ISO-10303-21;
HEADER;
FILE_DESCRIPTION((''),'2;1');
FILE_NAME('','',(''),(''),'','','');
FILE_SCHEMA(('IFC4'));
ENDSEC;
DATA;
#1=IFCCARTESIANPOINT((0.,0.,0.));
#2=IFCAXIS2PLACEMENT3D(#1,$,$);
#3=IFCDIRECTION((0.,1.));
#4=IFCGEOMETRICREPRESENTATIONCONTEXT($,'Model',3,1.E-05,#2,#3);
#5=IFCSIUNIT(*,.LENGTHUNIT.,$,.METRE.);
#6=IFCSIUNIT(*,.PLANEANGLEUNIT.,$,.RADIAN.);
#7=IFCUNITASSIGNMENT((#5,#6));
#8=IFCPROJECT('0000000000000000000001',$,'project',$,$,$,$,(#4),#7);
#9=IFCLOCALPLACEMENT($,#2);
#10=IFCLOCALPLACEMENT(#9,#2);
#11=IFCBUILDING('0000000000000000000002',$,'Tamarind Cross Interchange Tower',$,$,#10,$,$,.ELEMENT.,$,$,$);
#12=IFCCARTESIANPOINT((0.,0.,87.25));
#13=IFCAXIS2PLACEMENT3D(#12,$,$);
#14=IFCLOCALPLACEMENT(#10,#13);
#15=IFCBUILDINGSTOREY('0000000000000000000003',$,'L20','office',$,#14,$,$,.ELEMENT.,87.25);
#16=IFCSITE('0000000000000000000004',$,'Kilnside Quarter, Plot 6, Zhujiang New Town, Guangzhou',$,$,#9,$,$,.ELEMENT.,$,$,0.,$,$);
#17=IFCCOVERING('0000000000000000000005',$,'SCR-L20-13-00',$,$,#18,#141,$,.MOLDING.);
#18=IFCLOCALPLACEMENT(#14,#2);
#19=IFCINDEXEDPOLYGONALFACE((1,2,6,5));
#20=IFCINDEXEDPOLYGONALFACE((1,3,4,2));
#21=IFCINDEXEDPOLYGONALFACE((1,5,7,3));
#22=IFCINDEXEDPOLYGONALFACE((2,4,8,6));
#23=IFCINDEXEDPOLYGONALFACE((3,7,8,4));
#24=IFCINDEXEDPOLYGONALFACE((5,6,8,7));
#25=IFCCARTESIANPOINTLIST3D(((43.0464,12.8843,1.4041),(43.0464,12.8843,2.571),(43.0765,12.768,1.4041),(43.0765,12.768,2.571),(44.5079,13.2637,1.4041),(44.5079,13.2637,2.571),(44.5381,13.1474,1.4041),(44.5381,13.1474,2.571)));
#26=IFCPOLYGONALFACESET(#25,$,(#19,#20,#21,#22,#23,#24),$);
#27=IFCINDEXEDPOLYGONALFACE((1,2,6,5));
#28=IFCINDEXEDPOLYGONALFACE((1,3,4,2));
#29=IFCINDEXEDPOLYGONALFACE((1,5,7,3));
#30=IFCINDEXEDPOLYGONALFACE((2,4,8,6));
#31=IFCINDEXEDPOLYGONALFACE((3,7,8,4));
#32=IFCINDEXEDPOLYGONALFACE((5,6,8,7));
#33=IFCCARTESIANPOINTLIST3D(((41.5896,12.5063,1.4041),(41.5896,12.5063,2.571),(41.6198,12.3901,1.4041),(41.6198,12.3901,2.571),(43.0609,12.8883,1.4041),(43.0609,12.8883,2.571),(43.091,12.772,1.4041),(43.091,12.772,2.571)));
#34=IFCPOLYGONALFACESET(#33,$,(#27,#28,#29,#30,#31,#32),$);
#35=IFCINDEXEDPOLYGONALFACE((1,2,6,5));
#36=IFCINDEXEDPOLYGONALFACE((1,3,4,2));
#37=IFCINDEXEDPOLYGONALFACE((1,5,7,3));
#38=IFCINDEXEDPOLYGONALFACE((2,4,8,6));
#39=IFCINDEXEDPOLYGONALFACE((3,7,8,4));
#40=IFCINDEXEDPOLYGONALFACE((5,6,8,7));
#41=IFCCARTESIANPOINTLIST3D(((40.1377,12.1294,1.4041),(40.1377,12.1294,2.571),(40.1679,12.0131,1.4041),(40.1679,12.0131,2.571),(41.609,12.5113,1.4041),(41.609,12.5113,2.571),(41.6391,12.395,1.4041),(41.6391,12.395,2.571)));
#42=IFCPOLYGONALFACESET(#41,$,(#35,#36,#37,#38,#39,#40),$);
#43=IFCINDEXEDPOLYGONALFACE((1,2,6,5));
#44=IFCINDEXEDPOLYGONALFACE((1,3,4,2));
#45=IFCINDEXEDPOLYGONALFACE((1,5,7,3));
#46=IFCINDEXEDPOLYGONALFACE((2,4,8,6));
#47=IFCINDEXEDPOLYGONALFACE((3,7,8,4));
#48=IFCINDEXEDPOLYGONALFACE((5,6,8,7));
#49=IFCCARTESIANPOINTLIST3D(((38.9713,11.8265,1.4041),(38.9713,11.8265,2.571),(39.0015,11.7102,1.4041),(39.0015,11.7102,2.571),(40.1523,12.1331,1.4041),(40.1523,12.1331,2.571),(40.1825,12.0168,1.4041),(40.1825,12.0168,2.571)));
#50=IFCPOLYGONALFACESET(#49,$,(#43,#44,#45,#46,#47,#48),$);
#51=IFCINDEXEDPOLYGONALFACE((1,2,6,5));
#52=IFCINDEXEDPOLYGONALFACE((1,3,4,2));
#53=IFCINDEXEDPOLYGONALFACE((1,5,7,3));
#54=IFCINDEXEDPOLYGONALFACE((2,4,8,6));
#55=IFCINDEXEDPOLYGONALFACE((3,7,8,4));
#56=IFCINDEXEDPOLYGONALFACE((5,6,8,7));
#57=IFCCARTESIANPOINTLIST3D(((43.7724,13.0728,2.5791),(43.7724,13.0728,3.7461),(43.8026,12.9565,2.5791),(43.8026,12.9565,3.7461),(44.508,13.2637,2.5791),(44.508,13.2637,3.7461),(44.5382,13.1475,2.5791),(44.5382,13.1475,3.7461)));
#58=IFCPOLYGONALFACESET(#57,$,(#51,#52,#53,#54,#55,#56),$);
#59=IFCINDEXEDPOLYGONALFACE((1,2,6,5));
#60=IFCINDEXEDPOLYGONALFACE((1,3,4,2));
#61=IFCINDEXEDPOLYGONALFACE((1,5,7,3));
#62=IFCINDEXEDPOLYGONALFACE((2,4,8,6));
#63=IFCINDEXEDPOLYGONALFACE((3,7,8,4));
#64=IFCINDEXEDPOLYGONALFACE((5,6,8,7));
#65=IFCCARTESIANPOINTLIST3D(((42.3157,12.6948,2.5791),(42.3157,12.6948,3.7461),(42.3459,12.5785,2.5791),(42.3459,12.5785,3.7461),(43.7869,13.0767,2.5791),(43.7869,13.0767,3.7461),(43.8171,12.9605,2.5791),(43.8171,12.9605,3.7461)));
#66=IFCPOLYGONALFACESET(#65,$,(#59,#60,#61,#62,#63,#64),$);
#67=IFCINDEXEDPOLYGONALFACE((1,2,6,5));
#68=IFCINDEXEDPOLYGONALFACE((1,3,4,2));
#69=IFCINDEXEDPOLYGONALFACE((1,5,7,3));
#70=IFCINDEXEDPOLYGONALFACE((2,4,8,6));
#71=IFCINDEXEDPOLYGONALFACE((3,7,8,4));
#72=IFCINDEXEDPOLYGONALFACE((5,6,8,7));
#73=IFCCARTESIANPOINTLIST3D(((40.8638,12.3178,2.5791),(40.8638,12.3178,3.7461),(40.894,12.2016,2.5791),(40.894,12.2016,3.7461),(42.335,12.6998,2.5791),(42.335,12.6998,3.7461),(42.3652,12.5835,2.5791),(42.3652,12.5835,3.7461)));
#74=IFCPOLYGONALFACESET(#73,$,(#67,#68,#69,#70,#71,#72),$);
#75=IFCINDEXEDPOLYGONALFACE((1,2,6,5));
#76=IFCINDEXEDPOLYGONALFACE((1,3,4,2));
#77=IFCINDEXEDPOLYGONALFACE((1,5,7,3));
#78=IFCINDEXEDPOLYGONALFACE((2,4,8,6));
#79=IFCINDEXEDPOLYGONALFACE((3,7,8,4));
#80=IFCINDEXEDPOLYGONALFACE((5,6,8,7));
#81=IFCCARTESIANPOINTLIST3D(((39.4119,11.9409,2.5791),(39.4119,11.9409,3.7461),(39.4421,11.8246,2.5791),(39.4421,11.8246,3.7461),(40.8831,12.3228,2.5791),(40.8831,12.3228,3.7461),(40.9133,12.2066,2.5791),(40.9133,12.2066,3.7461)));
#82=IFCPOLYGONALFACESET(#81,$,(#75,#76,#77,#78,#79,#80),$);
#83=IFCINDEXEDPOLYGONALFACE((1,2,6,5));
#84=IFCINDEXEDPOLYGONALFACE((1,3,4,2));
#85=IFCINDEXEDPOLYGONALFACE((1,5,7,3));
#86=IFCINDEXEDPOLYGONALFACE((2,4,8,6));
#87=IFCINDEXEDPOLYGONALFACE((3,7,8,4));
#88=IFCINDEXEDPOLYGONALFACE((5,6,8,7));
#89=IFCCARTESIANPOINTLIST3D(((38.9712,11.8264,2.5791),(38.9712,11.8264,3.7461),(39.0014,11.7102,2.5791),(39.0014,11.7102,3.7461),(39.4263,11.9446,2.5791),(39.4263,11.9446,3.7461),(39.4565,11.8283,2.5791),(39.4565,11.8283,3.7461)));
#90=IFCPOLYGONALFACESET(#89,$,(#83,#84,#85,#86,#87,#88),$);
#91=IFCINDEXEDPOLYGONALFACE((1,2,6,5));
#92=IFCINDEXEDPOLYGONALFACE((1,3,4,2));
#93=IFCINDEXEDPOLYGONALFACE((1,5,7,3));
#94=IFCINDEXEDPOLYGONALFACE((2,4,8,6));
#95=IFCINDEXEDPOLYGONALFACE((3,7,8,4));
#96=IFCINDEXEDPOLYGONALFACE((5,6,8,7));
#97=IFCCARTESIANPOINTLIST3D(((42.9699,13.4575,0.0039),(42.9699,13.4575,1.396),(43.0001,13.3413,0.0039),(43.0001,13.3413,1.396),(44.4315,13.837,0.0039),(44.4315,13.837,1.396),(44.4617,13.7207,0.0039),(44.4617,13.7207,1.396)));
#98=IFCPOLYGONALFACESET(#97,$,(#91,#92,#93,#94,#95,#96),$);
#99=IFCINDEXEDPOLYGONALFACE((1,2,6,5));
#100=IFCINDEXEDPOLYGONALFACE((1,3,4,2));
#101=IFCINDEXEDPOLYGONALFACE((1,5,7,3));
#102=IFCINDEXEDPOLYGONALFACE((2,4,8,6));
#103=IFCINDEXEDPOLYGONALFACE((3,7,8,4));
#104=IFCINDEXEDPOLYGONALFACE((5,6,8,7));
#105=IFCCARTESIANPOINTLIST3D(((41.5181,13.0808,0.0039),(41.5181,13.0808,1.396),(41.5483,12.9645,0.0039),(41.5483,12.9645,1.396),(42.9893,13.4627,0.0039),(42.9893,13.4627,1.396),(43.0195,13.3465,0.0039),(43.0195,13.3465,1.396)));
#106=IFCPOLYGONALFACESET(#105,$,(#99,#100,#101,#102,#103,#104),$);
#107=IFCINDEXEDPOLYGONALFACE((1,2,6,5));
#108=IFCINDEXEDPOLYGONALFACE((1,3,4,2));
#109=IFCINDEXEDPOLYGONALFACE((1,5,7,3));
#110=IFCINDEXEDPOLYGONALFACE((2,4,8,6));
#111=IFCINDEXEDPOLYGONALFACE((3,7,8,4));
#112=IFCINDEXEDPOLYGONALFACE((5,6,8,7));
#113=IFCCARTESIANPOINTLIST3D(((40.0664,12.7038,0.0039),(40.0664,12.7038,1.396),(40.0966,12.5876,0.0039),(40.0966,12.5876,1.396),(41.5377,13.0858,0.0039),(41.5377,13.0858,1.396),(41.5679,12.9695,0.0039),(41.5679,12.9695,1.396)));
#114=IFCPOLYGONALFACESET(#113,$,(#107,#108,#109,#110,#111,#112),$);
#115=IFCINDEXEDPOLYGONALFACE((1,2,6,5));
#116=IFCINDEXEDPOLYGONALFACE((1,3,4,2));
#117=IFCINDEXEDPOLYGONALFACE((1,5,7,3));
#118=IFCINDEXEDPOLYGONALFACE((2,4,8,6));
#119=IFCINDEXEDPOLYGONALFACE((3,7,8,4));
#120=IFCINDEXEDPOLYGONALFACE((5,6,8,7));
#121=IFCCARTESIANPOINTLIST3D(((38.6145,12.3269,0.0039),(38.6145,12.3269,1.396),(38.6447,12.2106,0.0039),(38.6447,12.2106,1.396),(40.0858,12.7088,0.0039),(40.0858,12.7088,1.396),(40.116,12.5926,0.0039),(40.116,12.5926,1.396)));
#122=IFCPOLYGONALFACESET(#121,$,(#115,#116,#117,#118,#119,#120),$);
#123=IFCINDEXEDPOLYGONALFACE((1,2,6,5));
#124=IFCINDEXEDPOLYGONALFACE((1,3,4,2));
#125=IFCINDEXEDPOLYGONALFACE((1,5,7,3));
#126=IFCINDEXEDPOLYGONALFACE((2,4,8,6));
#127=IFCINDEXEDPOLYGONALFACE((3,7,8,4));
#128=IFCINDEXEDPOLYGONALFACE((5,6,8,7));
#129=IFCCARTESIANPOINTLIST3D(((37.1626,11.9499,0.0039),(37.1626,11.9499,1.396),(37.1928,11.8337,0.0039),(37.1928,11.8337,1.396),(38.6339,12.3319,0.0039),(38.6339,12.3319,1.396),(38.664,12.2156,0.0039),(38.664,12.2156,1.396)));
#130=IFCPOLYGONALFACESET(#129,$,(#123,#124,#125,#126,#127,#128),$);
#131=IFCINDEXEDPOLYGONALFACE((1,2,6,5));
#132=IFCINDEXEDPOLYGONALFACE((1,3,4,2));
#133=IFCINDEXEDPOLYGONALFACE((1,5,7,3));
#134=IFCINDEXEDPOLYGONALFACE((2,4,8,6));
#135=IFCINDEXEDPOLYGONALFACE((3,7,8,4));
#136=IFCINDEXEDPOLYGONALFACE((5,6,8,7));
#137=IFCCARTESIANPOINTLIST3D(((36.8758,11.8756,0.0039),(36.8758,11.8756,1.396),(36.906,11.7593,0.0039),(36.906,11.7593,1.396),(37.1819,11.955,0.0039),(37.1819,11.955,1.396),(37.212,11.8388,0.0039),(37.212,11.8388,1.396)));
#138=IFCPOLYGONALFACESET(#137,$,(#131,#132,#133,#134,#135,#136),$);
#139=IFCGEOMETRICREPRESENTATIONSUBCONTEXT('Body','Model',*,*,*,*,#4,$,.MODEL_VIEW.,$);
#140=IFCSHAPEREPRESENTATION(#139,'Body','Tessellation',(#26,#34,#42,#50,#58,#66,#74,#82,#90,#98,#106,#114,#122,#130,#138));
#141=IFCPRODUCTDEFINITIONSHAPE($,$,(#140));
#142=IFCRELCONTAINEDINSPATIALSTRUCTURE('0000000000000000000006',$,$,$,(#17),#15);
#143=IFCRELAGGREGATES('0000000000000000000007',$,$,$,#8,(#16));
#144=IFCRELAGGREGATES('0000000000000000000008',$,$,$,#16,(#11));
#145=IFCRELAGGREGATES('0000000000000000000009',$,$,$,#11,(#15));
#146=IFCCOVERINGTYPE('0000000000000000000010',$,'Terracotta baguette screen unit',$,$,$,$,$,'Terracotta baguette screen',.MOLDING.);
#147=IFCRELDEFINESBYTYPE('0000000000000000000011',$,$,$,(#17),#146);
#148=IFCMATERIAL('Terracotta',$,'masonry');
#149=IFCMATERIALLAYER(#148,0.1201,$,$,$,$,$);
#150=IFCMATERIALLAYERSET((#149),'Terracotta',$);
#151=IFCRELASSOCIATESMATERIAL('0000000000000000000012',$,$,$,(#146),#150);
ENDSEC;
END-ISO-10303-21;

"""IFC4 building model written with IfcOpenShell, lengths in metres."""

from ifc_helpers import new_model, si_unit, direction, frame, origin, origin_2d, place, context, subcontext, project, spatial, rectangle, extrude, material, layer, layer_set, type_object, element, save


model = new_model("IFC4")

# Units and contexts
model_context = context("Model", 3, precision=1e-05, world=origin(), true_north=direction((0.0, 1.0)))
body_context = subcontext(model_context, "Body", "Model", "MODEL_VIEW")
ifc_project = project(units=[si_unit("LENGTHUNIT", "METRE"), si_unit("PLANEANGLEUNIT", "RADIAN")], contexts=[model_context])

# Site, building, storey
site_placement = place(None, origin())
site = spatial("IfcSite", under=ifc_project, at=site_placement, Name="Kilnside Quarter, Plot 6, Zhujiang New Town, Guangzhou", CompositionType="ELEMENT", RefElevation=0.0)
building_placement = place(site_placement, origin())
building = spatial("IfcBuilding", under=site, at=building_placement, Name="Tamarind Cross Interchange Tower", CompositionType="ELEMENT")
storey_placement = place(building_placement, frame((0.0, 0.0, 87.25)))
storey = spatial("IfcBuildingStorey", under=building, at=storey_placement, Name="L20", Description="office", CompositionType="ELEMENT", Elevation=87.25)

# Covering
ifc_material_1 = material(Name="Terracotta", Category="masonry")
ifc_layer_1 = layer(ifc_material_1, 0.1201)
ifc_layer_set_1 = layer_set([ifc_layer_1], Name="Terracotta")
covering_type = type_object("IfcCoveringType", Name="Terracotta baguette screen unit", ElementType="Terracotta baguette screen", PredefinedType="MOLDING", material=ifc_layer_set_1)
covering_1_placement = place(storey_placement, origin())
element("IfcCovering", 1, at=covering_1_placement, inside=storey, type_object=covering_type, Name="SCR-L20-13-00", PredefinedType="MOLDING", context=body_context, shape_type="SweptSolid", body=[
    extrude(rectangle(XDim=1.51, YDim=0.1201, at=origin_2d()), frame((43.7922, 13.0159, 1.4041), z_axis=(0.0, 0.0, 1.0), x_axis=(-0.967918, -0.251267, 0.0)), (0.0, 0.0, 1.0), 1.167),
    extrude(rectangle(XDim=1.52, YDim=0.1201, at=origin_2d()), frame((42.3403, 12.6392, 1.4041), z_axis=(0.0, 0.0, 1.0), x_axis=(-0.967918, -0.251267, 0.0)), (0.0, 0.0, 1.0), 1.167),
    extrude(rectangle(XDim=1.52, YDim=0.1201, at=origin_2d()), frame((40.8884, 12.2622, 1.4041), z_axis=(0.0, 0.0, 1.0), x_axis=(-0.967918, -0.251267, 0.0)), (0.0, 0.0, 1.0), 1.167),
    extrude(rectangle(XDim=1.2202, YDim=0.1201, at=origin_2d()), frame((39.5769, 11.9216, 1.4041), z_axis=(0.0, 0.0, 1.0), x_axis=(-0.967918, -0.251267, 0.0)), (0.0, 0.0, 1.0), 1.167),
    extrude(rectangle(XDim=0.76, YDim=0.1201, at=origin_2d()), frame((44.1553, 13.1101, 2.5791), z_axis=(0.0, 0.0, 1.0), x_axis=(-0.967918, -0.251267, 0.0)), (0.0, 0.0, 1.0), 1.167),
    extrude(rectangle(XDim=1.52, YDim=0.1201, at=origin_2d()), frame((43.0664, 12.8276, 2.5791), z_axis=(0.0, 0.0, 1.0), x_axis=(-0.967918, -0.251267, 0.0)), (0.0, 0.0, 1.0), 1.167),
    extrude(rectangle(XDim=1.52, YDim=0.1201, at=origin_2d()), frame((41.6145, 12.4507, 2.5791), z_axis=(0.0, 0.0, 1.0), x_axis=(-0.967918, -0.251267, 0.0)), (0.0, 0.0, 1.0), 1.167),
    extrude(rectangle(XDim=1.52, YDim=0.1201, at=origin_2d()), frame((40.1626, 12.0737, 2.5791), z_axis=(0.0, 0.0, 1.0), x_axis=(-0.967918, -0.251267, 0.0)), (0.0, 0.0, 1.0), 1.167),
    extrude(rectangle(XDim=0.4702, YDim=0.1201, at=origin_2d()), frame((39.2139, 11.8274, 2.5791), z_axis=(0.0, 0.0, 1.0), x_axis=(-0.967918, -0.251267, 0.0)), (0.0, 0.0, 1.0), 1.167),
    extrude(rectangle(XDim=1.51, YDim=0.1201, at=origin_2d()), frame((43.7158, 13.5891, 0.0039), z_axis=(0.0, 0.0, 1.0), x_axis=(-0.967918, -0.251267, 0.0)), (0.0, 0.0, 1.0), 1.3921),
    extrude(rectangle(XDim=1.52, YDim=0.1201, at=origin_2d()), frame((42.2688, 13.2136, 0.0039), z_axis=(0.0, 0.0, 1.0), x_axis=(-0.967918, -0.251267, 0.0)), (0.0, 0.0, 1.0), 1.3921),
    extrude(rectangle(XDim=1.52, YDim=0.1201, at=origin_2d()), frame((40.8171, 12.8367, 0.0039), z_axis=(0.0, 0.0, 1.0), x_axis=(-0.967918, -0.251267, 0.0)), (0.0, 0.0, 1.0), 1.3921),
    extrude(rectangle(XDim=1.52, YDim=0.1201, at=origin_2d()), frame((39.3652, 12.4597, 0.0039), z_axis=(0.0, 0.0, 1.0), x_axis=(-0.967918, -0.251267, 0.0)), (0.0, 0.0, 1.0), 1.3921),
    extrude(rectangle(XDim=1.52, YDim=0.1201, at=origin_2d()), frame((37.9133, 12.0828, 0.0039), z_axis=(0.0, 0.0, 1.0), x_axis=(-0.967918, -0.251267, 0.0)), (0.0, 0.0, 1.0), 1.3921),
    extrude(rectangle(XDim=0.3162, YDim=0.1201, at=origin_2d()), frame((37.0439, 11.8572, 0.0039), z_axis=(0.0, 0.0, 1.0), x_axis=(-0.967918, -0.251267, 0.0)), (0.0, 0.0, 1.0), 1.3921),
])

save(model, "model.ifc")
